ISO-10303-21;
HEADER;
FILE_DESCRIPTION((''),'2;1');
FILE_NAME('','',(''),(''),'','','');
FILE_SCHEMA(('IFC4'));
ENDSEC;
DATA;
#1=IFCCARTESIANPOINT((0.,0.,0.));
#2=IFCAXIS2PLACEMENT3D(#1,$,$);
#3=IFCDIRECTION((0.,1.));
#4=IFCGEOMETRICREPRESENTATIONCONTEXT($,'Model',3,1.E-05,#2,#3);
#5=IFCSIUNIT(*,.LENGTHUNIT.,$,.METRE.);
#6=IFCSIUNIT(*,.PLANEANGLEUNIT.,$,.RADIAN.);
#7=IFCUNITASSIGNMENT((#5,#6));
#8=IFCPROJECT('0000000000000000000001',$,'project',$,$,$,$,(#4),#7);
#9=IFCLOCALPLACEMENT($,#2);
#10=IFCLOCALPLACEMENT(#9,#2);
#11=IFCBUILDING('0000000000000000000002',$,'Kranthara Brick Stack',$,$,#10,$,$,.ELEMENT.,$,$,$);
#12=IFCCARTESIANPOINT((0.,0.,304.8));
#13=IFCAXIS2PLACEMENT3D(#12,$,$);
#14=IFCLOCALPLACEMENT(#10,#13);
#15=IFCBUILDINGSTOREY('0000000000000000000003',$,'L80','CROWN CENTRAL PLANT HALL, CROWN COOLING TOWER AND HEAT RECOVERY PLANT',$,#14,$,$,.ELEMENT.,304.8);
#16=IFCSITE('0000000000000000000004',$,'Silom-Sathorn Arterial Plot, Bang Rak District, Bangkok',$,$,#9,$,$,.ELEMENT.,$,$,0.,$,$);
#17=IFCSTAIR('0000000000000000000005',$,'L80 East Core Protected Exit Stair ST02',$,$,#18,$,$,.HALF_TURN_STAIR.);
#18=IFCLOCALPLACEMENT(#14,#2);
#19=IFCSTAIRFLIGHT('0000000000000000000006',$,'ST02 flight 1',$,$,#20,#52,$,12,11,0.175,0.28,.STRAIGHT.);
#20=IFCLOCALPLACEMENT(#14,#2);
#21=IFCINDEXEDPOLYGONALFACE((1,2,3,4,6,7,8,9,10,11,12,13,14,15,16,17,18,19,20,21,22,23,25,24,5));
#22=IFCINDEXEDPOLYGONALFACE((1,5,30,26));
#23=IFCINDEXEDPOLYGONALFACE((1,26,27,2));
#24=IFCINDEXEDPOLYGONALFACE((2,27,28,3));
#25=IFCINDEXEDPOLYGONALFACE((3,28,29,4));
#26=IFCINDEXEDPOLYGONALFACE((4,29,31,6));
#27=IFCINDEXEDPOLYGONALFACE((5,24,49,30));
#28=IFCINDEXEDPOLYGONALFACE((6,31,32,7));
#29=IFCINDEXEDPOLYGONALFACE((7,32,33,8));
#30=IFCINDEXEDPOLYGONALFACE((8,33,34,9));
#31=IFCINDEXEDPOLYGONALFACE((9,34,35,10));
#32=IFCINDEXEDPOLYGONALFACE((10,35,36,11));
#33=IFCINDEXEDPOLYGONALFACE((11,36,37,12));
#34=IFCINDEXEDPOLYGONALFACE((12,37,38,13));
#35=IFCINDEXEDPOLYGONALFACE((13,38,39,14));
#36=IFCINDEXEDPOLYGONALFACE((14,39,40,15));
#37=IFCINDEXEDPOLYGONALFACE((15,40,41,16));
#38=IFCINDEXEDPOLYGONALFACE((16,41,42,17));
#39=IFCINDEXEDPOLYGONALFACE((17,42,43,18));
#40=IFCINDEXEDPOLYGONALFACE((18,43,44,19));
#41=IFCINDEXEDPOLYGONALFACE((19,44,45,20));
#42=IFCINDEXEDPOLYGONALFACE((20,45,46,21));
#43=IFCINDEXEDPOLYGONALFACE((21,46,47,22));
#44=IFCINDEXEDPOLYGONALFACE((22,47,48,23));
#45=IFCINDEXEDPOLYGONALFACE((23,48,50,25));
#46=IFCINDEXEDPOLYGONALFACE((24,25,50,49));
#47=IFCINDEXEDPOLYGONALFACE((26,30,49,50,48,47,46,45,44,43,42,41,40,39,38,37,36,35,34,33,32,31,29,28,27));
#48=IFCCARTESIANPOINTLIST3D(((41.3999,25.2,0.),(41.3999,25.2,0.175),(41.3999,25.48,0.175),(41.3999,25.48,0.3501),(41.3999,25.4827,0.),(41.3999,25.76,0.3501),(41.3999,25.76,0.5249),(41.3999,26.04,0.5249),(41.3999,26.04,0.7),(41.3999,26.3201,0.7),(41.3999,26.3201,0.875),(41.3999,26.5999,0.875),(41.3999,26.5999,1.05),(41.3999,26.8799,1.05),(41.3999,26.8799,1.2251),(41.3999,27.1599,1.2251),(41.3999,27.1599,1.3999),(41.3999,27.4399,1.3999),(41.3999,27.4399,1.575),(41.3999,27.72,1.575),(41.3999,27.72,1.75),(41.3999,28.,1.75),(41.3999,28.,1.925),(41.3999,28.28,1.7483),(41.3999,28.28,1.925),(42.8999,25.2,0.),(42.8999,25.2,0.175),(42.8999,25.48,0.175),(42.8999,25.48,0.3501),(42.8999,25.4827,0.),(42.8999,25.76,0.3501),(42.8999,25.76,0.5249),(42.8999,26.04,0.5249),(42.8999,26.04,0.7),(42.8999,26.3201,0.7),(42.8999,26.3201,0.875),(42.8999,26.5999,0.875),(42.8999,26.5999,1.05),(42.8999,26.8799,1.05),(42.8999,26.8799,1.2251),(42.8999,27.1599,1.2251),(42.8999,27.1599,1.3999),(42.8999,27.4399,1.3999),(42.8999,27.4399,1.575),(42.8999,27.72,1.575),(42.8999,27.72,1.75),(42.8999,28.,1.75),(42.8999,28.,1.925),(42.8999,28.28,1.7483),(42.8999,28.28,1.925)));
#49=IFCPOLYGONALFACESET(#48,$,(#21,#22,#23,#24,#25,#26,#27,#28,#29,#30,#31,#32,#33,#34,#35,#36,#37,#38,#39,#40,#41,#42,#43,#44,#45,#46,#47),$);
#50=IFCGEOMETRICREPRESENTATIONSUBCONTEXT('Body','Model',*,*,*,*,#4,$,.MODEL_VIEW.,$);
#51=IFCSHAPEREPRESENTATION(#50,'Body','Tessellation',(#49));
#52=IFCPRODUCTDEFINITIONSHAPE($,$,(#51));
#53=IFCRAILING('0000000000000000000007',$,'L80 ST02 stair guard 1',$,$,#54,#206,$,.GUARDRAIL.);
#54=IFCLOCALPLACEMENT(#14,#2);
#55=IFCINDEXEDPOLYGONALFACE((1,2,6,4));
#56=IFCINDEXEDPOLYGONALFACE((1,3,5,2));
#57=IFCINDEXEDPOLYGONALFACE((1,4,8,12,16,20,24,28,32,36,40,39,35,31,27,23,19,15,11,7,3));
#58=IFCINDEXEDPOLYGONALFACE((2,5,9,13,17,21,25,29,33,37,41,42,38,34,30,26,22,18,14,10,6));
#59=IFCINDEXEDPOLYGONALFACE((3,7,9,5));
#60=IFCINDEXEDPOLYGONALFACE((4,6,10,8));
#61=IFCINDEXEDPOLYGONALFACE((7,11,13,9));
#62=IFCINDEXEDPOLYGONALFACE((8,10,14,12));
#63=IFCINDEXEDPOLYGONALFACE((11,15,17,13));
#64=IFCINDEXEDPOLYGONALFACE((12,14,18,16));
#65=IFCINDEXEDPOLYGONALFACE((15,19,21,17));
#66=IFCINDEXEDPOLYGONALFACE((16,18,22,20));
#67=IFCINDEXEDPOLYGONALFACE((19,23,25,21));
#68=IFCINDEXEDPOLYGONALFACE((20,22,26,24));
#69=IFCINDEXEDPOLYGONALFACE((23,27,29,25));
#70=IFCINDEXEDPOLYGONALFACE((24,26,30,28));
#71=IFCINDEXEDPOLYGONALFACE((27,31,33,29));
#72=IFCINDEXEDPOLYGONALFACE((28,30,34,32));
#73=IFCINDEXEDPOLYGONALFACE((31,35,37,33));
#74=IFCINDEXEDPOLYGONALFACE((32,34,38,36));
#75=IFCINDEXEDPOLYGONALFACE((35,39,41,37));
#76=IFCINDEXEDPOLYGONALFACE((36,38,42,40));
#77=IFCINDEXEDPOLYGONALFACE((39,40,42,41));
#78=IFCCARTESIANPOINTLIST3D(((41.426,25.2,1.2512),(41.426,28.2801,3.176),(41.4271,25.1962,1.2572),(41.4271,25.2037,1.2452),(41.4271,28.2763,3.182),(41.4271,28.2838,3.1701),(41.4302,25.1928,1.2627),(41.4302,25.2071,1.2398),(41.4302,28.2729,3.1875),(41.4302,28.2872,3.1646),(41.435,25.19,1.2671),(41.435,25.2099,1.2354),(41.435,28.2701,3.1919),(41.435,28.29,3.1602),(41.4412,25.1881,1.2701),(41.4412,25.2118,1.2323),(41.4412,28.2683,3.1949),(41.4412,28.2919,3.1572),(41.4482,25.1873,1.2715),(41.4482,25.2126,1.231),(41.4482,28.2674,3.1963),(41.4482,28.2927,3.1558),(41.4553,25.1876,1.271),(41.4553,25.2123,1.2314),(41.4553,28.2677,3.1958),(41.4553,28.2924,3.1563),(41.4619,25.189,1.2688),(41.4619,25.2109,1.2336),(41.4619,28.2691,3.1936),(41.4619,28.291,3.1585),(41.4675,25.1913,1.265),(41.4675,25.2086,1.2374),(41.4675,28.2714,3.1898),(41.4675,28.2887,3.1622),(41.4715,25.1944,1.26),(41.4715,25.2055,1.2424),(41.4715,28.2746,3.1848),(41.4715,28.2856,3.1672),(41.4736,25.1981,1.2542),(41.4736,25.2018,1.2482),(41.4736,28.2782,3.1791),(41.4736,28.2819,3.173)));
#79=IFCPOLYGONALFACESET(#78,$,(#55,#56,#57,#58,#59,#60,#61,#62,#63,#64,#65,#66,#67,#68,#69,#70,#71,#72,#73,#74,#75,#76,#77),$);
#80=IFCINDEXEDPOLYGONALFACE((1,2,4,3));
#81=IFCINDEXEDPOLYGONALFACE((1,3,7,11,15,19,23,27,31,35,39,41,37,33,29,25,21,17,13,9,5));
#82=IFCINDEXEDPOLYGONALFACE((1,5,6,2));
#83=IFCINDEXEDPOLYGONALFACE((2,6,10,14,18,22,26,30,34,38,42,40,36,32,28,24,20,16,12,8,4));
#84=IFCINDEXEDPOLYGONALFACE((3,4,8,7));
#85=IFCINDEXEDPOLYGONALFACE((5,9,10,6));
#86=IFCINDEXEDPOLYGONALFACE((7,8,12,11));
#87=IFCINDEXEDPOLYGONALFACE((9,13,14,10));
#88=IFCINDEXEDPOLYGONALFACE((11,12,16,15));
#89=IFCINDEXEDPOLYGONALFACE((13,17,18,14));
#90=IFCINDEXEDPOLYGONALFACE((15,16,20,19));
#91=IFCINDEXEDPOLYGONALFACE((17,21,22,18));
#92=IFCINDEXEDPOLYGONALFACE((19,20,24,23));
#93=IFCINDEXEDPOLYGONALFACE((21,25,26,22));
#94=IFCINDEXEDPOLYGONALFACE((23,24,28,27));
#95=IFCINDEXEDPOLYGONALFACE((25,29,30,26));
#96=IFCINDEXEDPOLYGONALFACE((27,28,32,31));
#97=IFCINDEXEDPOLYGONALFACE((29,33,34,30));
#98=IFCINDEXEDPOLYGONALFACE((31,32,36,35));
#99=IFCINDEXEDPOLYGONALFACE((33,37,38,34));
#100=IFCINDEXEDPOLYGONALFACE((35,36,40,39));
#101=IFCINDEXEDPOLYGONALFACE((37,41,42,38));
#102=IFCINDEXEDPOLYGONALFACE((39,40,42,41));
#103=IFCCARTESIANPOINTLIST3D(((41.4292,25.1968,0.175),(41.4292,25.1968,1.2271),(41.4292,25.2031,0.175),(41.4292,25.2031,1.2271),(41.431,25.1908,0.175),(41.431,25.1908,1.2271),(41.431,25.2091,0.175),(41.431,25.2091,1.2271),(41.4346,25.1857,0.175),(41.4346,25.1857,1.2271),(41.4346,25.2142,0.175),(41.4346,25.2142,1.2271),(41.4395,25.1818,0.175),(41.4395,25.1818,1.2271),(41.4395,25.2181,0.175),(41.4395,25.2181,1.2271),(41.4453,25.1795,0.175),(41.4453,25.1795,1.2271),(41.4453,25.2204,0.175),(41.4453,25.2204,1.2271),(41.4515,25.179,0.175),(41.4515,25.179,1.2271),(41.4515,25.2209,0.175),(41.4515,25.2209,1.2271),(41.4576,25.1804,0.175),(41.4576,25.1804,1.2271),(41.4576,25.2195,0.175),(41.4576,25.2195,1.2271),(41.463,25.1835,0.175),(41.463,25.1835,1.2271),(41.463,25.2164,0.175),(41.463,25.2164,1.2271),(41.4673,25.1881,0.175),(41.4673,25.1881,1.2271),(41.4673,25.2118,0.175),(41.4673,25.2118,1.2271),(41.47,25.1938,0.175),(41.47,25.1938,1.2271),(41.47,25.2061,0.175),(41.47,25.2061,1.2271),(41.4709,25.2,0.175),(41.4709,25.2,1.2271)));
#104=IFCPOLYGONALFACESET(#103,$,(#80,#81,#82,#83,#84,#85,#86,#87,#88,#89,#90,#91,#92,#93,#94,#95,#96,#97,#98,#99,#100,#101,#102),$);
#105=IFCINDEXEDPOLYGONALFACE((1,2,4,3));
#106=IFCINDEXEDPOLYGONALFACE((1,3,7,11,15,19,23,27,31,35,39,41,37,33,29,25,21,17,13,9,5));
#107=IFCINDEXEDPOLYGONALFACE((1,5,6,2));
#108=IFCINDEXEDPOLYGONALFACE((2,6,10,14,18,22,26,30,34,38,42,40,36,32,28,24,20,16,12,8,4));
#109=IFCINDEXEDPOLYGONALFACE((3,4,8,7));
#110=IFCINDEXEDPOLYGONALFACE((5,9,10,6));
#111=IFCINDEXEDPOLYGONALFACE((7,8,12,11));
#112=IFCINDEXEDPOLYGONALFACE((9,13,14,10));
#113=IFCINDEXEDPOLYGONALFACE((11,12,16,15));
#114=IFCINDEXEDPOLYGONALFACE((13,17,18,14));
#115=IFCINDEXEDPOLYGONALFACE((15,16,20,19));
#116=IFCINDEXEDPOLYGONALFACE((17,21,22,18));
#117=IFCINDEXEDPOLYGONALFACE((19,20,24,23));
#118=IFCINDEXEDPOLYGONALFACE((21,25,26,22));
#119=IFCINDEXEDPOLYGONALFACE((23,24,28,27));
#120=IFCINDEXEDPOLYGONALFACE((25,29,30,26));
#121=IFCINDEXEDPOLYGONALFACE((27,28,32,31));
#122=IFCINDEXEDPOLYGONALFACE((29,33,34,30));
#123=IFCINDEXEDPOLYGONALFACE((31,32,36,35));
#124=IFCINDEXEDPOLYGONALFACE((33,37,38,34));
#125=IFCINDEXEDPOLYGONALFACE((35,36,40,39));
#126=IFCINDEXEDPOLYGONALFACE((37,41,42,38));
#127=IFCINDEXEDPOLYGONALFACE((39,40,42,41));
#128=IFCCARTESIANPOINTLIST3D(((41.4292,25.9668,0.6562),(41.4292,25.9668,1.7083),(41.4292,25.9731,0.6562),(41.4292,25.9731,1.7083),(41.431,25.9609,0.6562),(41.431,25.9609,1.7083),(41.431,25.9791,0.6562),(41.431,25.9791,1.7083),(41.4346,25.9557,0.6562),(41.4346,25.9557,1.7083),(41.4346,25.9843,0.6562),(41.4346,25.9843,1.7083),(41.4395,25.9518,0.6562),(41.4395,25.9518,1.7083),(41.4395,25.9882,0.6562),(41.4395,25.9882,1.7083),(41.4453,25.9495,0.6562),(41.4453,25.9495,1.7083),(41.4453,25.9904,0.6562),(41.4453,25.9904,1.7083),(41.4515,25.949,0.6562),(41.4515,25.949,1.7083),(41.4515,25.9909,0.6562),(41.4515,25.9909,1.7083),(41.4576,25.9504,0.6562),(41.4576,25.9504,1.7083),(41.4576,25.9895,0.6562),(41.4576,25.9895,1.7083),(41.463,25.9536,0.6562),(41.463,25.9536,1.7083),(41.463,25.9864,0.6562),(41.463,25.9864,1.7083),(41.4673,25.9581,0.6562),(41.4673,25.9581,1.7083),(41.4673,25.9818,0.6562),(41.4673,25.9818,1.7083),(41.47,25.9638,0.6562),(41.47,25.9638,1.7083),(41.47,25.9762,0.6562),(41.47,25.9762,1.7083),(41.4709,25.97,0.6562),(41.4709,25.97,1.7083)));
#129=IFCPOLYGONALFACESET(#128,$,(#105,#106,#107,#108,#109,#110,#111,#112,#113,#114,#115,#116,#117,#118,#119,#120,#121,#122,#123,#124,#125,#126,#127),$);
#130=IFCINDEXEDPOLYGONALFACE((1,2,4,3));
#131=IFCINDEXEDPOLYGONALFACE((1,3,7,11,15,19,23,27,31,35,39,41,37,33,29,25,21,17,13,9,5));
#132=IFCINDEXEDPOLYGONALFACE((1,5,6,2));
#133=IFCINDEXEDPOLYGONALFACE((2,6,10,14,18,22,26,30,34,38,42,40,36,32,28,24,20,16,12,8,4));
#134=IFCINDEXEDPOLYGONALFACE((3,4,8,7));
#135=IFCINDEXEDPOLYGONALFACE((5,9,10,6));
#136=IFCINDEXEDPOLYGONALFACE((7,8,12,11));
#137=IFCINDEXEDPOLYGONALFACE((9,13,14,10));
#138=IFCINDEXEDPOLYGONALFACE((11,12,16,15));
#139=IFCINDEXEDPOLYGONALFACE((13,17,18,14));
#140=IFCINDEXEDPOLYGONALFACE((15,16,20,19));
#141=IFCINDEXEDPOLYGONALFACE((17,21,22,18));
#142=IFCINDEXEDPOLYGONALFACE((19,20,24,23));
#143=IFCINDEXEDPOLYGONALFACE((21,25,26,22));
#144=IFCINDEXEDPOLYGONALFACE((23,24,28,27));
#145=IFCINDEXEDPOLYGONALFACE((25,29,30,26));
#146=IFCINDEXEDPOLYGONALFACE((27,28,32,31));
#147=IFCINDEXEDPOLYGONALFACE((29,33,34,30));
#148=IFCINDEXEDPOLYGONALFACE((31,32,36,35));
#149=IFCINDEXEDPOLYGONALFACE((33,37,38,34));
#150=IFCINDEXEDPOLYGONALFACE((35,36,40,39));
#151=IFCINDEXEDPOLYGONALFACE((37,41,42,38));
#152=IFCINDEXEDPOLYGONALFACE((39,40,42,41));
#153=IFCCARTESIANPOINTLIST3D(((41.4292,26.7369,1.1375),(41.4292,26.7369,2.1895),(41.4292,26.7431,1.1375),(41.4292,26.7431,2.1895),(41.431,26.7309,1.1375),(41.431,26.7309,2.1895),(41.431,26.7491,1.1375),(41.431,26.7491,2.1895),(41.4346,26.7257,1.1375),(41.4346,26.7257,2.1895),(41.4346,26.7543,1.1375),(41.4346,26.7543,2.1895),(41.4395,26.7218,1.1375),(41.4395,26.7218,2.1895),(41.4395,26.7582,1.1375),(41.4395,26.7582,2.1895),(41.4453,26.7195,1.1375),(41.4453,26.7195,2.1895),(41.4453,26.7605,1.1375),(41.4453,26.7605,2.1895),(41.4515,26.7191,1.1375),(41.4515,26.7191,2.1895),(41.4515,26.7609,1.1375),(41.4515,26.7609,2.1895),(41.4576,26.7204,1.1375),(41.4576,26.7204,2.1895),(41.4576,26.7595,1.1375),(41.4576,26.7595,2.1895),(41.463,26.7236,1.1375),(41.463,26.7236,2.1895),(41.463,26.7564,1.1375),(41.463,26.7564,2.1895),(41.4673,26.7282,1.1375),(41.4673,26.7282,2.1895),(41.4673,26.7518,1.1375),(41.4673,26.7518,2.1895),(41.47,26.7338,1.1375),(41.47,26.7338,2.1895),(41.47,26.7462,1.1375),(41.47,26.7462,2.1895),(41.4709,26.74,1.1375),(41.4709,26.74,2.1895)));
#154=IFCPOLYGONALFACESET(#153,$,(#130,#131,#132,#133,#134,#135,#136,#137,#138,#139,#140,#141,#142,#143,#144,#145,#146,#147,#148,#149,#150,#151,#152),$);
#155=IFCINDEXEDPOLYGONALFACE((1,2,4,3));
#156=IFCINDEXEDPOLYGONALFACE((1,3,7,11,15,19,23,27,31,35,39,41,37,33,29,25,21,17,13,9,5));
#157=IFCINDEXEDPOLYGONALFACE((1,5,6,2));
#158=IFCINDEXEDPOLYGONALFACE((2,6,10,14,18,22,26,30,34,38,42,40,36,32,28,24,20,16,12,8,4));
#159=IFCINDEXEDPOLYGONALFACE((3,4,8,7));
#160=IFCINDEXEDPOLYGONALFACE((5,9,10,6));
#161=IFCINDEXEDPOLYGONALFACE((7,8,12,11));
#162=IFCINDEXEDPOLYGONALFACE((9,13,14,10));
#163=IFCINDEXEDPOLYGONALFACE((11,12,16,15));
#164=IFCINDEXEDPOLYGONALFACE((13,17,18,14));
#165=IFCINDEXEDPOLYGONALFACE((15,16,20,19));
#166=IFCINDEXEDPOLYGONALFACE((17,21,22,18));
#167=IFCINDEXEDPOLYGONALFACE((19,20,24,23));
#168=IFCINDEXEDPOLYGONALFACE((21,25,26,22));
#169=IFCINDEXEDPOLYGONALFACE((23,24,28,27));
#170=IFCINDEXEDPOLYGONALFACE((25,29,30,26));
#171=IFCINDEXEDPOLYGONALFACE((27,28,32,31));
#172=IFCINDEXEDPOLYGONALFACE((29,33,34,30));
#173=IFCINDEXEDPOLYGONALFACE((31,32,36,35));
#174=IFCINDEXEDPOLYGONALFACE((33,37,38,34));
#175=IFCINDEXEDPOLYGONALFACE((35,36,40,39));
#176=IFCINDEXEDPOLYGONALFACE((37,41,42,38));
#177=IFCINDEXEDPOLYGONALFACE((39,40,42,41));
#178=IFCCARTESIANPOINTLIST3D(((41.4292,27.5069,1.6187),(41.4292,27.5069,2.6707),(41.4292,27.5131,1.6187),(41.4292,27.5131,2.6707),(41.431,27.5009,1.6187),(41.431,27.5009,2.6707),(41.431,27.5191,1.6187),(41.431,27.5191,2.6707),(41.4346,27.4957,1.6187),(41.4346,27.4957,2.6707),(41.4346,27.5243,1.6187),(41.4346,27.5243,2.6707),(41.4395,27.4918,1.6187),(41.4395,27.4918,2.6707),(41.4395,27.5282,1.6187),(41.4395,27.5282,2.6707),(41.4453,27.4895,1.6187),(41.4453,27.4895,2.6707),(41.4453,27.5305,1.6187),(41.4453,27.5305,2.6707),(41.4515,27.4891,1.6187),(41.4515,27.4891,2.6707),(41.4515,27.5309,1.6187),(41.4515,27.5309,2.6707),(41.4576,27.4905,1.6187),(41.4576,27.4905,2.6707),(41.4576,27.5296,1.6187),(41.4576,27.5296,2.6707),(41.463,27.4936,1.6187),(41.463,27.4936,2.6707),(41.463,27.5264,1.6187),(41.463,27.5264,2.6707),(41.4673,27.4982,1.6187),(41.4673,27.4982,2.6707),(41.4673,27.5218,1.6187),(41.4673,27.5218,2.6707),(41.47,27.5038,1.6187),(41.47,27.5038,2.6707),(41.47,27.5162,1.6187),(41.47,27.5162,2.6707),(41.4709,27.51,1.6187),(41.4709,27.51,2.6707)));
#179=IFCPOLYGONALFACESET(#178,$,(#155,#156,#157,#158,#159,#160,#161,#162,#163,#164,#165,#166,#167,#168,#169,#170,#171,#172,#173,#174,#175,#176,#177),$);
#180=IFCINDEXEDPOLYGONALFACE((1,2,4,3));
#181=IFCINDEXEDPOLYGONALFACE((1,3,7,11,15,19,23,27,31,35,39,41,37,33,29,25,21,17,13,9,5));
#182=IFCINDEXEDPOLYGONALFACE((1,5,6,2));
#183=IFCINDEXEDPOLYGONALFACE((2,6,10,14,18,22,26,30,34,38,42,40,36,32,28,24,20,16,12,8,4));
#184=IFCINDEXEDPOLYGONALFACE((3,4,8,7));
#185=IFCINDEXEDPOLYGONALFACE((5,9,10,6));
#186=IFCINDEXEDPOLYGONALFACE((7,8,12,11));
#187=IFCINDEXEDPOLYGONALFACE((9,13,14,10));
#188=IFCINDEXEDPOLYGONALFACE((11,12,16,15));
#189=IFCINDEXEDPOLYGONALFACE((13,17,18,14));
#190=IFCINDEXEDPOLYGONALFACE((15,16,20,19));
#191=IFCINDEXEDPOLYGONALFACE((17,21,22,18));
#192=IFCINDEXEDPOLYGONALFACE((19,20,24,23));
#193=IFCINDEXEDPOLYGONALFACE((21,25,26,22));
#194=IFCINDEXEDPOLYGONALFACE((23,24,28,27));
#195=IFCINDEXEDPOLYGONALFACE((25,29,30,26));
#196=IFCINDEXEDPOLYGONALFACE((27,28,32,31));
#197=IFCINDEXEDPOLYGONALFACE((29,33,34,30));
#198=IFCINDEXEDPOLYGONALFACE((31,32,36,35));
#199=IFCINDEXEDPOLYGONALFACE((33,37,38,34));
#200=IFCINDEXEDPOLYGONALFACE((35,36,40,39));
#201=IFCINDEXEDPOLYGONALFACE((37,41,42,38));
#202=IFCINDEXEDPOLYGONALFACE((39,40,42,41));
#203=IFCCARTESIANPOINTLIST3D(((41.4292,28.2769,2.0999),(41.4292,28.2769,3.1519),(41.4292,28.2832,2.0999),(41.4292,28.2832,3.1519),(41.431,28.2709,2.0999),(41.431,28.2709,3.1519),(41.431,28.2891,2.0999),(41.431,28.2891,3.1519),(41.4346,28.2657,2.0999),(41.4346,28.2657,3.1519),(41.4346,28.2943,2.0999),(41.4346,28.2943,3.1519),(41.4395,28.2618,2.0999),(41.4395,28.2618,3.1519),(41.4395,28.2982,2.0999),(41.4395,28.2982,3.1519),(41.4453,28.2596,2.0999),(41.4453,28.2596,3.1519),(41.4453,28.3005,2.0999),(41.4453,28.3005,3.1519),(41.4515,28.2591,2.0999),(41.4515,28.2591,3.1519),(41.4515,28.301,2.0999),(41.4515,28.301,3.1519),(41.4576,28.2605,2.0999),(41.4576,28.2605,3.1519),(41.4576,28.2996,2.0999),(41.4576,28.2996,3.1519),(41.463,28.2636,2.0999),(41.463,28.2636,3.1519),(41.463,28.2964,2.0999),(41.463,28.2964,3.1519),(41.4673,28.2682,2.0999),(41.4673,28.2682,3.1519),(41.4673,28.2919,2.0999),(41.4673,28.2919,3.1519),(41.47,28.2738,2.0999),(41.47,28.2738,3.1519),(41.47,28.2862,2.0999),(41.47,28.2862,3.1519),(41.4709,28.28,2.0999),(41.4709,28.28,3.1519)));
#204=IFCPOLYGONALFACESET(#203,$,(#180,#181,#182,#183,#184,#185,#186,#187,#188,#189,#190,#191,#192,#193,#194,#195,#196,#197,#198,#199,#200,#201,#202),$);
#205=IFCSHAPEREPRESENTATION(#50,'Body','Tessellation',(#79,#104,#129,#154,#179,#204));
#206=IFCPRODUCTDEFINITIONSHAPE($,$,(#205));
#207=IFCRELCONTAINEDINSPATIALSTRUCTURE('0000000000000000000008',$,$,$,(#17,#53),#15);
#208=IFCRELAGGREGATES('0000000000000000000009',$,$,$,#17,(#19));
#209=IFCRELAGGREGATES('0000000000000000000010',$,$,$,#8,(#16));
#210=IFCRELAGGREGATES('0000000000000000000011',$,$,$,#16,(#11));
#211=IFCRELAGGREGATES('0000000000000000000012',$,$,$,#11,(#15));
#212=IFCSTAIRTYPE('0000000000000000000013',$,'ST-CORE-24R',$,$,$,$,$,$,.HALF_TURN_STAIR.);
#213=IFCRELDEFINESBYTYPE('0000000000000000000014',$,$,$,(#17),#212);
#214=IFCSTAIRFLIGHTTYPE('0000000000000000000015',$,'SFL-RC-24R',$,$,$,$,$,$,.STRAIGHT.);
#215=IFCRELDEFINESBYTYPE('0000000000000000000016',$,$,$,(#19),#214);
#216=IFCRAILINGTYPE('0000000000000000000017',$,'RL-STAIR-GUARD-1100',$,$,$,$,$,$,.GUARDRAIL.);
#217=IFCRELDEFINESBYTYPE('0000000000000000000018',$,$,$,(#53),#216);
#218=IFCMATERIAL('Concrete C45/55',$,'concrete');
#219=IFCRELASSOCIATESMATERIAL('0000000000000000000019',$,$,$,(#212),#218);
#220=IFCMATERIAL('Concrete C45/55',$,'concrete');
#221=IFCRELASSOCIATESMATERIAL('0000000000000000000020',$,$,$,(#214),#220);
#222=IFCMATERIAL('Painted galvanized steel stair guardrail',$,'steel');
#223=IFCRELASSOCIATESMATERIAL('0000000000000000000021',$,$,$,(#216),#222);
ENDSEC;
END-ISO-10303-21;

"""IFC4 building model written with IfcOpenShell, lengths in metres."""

from ifc_helpers import new_model, si_unit, direction, frame, origin, origin_2d, place, context, subcontext, project, spatial, polyline, circle, outline, extrude, material, type_object, element, aggregate, save


model = new_model("IFC4")

# Units and contexts
model_context = context("Model", 3, precision=1e-05, world=origin(), true_north=direction((0.0, 1.0)))
body_context = subcontext(model_context, "Body", "Model", "MODEL_VIEW")
ifc_project = project(units=[si_unit("LENGTHUNIT", "METRE"), si_unit("PLANEANGLEUNIT", "RADIAN")], contexts=[model_context])

# Site, building, storey
site_placement = place(None, origin())
site = spatial("IfcSite", under=ifc_project, at=site_placement, Name="Silom-Sathorn Arterial Plot, Bang Rak District, Bangkok", CompositionType="ELEMENT", RefElevation=0.0)
building_placement = place(site_placement, origin())
building = spatial("IfcBuilding", under=site, at=building_placement, Name="Kranthara Brick Stack", CompositionType="ELEMENT")
storey_placement = place(building_placement, frame((0.0, 0.0, 304.8)))
storey = spatial("IfcBuildingStorey", under=building, at=storey_placement, Name="L80", Description="CROWN CENTRAL PLANT HALL, CROWN COOLING TOWER AND HEAT RECOVERY PLANT", CompositionType="ELEMENT", Elevation=304.8)

# Stair, stair flight
ifc_material_1 = material(Name="Concrete C45/55", Category="concrete")
stair_type = type_object("IfcStairType", Name="ST-CORE-24R", PredefinedType="HALF_TURN_STAIR", material=ifc_material_1)
stair_placement = place(storey_placement, origin())
stair = element("IfcStair", 1, at=stair_placement, inside=storey, type_object=stair_type, Name="L80 East Core Protected Exit Stair ST02", PredefinedType="HALF_TURN_STAIR")
ifc_material_2 = material(Name="Concrete C45/55", Category="concrete")
stair_flight_type = type_object("IfcStairFlightType", Name="SFL-RC-24R", PredefinedType="STRAIGHT", material=ifc_material_2)
stair_flight_placement = place(storey_placement, frame((42.1499, 25.2, 0.0), z_axis=(0.0, 0.0, 1.0), x_axis=(0.0, 1.0, 0.0)))
stair_flight = element("IfcStairFlight", 2, at=stair_flight_placement, type_object=stair_flight_type, Name="ST02 flight 1", NumberOfRisers=12, NumberOfTreads=11, PredefinedType="STRAIGHT", RiserHeight=0.175, TreadLength=0.28, context=body_context, shape_type="SweptSolid", body=[
    extrude(outline(polyline([(0.0, 0.0), (0.0, 0.175), (0.28, 0.175), (0.28, 0.3501), (0.5601, 0.3501), (0.5601, 0.5249), (0.8401, 0.5249), (0.8401, 0.7), (1.1201, 0.7), (1.1201, 0.875), (1.3999, 0.875), (1.3999, 1.05), (1.6799, 1.05), (1.6799, 1.2251), (1.96, 1.2251), (1.96, 1.3999), (2.24, 1.3999), (2.24, 1.575), (2.52, 1.575), (2.52, 1.75), (2.8, 1.75), (2.8, 1.925), (3.0801, 1.925), (3.0801, 2.1001), (3.0801, 1.7483), (0.2827, 0.0), (0.0, 0.0)])), frame((0.0, 0.75, 0.0), z_axis=(0.0, -1.0, 0.0), x_axis=(1.0, 0.0, 0.0)), (0.0, 0.0, 1.0), 1.5),
])
aggregate(stair, [stair_flight])

# Railing
ifc_material_3 = material(Name="Painted galvanized steel stair guardrail", Category="steel")
railing_type_1 = type_object("IfcRailingType", Name="RL-STAIR-GUARD-1100", PredefinedType="GUARDRAIL", material=ifc_material_3)
railing_1_placement = place(storey_placement, frame((41.45, 25.2, 0.175)))
element("IfcRailing", 3, at=railing_1_placement, inside=storey, type_object=railing_type_1, Name="L80 ST02 stair guard 1", PredefinedType="GUARDRAIL", context=body_context, shape_type="SweptSolid", body=[
    extrude(circle(Radius=0.0239, at=origin_2d()), frame((0.0, 0.0, 1.0762), z_axis=(0.0, 0.848029, 0.529951), x_axis=(-1.0, 0.0, 0.0)), (0.0, 0.0, 1.0), 3.6321),
    extrude(circle(Radius=0.021, at=origin_2d()), origin(), (0.0, 0.0, 1.0), 1.052),
    extrude(circle(Radius=0.021, at=origin_2d()), frame((0.0, 0.77, 0.4812)), (0.0, 0.0, 1.0), 1.052),
    extrude(circle(Radius=0.021, at=origin_2d()), frame((0.0, 1.54, 0.9624)), (0.0, 0.0, 1.0), 1.052),
    extrude(circle(Radius=0.021, at=origin_2d()), frame((0.0, 2.3101, 1.4436)), (0.0, 0.0, 1.0), 1.052),
    extrude(circle(Radius=0.021, at=origin_2d()), frame((0.0, 3.0801, 1.9248)), (0.0, 0.0, 1.0), 1.052),
])

save(model, "model.ifc")
